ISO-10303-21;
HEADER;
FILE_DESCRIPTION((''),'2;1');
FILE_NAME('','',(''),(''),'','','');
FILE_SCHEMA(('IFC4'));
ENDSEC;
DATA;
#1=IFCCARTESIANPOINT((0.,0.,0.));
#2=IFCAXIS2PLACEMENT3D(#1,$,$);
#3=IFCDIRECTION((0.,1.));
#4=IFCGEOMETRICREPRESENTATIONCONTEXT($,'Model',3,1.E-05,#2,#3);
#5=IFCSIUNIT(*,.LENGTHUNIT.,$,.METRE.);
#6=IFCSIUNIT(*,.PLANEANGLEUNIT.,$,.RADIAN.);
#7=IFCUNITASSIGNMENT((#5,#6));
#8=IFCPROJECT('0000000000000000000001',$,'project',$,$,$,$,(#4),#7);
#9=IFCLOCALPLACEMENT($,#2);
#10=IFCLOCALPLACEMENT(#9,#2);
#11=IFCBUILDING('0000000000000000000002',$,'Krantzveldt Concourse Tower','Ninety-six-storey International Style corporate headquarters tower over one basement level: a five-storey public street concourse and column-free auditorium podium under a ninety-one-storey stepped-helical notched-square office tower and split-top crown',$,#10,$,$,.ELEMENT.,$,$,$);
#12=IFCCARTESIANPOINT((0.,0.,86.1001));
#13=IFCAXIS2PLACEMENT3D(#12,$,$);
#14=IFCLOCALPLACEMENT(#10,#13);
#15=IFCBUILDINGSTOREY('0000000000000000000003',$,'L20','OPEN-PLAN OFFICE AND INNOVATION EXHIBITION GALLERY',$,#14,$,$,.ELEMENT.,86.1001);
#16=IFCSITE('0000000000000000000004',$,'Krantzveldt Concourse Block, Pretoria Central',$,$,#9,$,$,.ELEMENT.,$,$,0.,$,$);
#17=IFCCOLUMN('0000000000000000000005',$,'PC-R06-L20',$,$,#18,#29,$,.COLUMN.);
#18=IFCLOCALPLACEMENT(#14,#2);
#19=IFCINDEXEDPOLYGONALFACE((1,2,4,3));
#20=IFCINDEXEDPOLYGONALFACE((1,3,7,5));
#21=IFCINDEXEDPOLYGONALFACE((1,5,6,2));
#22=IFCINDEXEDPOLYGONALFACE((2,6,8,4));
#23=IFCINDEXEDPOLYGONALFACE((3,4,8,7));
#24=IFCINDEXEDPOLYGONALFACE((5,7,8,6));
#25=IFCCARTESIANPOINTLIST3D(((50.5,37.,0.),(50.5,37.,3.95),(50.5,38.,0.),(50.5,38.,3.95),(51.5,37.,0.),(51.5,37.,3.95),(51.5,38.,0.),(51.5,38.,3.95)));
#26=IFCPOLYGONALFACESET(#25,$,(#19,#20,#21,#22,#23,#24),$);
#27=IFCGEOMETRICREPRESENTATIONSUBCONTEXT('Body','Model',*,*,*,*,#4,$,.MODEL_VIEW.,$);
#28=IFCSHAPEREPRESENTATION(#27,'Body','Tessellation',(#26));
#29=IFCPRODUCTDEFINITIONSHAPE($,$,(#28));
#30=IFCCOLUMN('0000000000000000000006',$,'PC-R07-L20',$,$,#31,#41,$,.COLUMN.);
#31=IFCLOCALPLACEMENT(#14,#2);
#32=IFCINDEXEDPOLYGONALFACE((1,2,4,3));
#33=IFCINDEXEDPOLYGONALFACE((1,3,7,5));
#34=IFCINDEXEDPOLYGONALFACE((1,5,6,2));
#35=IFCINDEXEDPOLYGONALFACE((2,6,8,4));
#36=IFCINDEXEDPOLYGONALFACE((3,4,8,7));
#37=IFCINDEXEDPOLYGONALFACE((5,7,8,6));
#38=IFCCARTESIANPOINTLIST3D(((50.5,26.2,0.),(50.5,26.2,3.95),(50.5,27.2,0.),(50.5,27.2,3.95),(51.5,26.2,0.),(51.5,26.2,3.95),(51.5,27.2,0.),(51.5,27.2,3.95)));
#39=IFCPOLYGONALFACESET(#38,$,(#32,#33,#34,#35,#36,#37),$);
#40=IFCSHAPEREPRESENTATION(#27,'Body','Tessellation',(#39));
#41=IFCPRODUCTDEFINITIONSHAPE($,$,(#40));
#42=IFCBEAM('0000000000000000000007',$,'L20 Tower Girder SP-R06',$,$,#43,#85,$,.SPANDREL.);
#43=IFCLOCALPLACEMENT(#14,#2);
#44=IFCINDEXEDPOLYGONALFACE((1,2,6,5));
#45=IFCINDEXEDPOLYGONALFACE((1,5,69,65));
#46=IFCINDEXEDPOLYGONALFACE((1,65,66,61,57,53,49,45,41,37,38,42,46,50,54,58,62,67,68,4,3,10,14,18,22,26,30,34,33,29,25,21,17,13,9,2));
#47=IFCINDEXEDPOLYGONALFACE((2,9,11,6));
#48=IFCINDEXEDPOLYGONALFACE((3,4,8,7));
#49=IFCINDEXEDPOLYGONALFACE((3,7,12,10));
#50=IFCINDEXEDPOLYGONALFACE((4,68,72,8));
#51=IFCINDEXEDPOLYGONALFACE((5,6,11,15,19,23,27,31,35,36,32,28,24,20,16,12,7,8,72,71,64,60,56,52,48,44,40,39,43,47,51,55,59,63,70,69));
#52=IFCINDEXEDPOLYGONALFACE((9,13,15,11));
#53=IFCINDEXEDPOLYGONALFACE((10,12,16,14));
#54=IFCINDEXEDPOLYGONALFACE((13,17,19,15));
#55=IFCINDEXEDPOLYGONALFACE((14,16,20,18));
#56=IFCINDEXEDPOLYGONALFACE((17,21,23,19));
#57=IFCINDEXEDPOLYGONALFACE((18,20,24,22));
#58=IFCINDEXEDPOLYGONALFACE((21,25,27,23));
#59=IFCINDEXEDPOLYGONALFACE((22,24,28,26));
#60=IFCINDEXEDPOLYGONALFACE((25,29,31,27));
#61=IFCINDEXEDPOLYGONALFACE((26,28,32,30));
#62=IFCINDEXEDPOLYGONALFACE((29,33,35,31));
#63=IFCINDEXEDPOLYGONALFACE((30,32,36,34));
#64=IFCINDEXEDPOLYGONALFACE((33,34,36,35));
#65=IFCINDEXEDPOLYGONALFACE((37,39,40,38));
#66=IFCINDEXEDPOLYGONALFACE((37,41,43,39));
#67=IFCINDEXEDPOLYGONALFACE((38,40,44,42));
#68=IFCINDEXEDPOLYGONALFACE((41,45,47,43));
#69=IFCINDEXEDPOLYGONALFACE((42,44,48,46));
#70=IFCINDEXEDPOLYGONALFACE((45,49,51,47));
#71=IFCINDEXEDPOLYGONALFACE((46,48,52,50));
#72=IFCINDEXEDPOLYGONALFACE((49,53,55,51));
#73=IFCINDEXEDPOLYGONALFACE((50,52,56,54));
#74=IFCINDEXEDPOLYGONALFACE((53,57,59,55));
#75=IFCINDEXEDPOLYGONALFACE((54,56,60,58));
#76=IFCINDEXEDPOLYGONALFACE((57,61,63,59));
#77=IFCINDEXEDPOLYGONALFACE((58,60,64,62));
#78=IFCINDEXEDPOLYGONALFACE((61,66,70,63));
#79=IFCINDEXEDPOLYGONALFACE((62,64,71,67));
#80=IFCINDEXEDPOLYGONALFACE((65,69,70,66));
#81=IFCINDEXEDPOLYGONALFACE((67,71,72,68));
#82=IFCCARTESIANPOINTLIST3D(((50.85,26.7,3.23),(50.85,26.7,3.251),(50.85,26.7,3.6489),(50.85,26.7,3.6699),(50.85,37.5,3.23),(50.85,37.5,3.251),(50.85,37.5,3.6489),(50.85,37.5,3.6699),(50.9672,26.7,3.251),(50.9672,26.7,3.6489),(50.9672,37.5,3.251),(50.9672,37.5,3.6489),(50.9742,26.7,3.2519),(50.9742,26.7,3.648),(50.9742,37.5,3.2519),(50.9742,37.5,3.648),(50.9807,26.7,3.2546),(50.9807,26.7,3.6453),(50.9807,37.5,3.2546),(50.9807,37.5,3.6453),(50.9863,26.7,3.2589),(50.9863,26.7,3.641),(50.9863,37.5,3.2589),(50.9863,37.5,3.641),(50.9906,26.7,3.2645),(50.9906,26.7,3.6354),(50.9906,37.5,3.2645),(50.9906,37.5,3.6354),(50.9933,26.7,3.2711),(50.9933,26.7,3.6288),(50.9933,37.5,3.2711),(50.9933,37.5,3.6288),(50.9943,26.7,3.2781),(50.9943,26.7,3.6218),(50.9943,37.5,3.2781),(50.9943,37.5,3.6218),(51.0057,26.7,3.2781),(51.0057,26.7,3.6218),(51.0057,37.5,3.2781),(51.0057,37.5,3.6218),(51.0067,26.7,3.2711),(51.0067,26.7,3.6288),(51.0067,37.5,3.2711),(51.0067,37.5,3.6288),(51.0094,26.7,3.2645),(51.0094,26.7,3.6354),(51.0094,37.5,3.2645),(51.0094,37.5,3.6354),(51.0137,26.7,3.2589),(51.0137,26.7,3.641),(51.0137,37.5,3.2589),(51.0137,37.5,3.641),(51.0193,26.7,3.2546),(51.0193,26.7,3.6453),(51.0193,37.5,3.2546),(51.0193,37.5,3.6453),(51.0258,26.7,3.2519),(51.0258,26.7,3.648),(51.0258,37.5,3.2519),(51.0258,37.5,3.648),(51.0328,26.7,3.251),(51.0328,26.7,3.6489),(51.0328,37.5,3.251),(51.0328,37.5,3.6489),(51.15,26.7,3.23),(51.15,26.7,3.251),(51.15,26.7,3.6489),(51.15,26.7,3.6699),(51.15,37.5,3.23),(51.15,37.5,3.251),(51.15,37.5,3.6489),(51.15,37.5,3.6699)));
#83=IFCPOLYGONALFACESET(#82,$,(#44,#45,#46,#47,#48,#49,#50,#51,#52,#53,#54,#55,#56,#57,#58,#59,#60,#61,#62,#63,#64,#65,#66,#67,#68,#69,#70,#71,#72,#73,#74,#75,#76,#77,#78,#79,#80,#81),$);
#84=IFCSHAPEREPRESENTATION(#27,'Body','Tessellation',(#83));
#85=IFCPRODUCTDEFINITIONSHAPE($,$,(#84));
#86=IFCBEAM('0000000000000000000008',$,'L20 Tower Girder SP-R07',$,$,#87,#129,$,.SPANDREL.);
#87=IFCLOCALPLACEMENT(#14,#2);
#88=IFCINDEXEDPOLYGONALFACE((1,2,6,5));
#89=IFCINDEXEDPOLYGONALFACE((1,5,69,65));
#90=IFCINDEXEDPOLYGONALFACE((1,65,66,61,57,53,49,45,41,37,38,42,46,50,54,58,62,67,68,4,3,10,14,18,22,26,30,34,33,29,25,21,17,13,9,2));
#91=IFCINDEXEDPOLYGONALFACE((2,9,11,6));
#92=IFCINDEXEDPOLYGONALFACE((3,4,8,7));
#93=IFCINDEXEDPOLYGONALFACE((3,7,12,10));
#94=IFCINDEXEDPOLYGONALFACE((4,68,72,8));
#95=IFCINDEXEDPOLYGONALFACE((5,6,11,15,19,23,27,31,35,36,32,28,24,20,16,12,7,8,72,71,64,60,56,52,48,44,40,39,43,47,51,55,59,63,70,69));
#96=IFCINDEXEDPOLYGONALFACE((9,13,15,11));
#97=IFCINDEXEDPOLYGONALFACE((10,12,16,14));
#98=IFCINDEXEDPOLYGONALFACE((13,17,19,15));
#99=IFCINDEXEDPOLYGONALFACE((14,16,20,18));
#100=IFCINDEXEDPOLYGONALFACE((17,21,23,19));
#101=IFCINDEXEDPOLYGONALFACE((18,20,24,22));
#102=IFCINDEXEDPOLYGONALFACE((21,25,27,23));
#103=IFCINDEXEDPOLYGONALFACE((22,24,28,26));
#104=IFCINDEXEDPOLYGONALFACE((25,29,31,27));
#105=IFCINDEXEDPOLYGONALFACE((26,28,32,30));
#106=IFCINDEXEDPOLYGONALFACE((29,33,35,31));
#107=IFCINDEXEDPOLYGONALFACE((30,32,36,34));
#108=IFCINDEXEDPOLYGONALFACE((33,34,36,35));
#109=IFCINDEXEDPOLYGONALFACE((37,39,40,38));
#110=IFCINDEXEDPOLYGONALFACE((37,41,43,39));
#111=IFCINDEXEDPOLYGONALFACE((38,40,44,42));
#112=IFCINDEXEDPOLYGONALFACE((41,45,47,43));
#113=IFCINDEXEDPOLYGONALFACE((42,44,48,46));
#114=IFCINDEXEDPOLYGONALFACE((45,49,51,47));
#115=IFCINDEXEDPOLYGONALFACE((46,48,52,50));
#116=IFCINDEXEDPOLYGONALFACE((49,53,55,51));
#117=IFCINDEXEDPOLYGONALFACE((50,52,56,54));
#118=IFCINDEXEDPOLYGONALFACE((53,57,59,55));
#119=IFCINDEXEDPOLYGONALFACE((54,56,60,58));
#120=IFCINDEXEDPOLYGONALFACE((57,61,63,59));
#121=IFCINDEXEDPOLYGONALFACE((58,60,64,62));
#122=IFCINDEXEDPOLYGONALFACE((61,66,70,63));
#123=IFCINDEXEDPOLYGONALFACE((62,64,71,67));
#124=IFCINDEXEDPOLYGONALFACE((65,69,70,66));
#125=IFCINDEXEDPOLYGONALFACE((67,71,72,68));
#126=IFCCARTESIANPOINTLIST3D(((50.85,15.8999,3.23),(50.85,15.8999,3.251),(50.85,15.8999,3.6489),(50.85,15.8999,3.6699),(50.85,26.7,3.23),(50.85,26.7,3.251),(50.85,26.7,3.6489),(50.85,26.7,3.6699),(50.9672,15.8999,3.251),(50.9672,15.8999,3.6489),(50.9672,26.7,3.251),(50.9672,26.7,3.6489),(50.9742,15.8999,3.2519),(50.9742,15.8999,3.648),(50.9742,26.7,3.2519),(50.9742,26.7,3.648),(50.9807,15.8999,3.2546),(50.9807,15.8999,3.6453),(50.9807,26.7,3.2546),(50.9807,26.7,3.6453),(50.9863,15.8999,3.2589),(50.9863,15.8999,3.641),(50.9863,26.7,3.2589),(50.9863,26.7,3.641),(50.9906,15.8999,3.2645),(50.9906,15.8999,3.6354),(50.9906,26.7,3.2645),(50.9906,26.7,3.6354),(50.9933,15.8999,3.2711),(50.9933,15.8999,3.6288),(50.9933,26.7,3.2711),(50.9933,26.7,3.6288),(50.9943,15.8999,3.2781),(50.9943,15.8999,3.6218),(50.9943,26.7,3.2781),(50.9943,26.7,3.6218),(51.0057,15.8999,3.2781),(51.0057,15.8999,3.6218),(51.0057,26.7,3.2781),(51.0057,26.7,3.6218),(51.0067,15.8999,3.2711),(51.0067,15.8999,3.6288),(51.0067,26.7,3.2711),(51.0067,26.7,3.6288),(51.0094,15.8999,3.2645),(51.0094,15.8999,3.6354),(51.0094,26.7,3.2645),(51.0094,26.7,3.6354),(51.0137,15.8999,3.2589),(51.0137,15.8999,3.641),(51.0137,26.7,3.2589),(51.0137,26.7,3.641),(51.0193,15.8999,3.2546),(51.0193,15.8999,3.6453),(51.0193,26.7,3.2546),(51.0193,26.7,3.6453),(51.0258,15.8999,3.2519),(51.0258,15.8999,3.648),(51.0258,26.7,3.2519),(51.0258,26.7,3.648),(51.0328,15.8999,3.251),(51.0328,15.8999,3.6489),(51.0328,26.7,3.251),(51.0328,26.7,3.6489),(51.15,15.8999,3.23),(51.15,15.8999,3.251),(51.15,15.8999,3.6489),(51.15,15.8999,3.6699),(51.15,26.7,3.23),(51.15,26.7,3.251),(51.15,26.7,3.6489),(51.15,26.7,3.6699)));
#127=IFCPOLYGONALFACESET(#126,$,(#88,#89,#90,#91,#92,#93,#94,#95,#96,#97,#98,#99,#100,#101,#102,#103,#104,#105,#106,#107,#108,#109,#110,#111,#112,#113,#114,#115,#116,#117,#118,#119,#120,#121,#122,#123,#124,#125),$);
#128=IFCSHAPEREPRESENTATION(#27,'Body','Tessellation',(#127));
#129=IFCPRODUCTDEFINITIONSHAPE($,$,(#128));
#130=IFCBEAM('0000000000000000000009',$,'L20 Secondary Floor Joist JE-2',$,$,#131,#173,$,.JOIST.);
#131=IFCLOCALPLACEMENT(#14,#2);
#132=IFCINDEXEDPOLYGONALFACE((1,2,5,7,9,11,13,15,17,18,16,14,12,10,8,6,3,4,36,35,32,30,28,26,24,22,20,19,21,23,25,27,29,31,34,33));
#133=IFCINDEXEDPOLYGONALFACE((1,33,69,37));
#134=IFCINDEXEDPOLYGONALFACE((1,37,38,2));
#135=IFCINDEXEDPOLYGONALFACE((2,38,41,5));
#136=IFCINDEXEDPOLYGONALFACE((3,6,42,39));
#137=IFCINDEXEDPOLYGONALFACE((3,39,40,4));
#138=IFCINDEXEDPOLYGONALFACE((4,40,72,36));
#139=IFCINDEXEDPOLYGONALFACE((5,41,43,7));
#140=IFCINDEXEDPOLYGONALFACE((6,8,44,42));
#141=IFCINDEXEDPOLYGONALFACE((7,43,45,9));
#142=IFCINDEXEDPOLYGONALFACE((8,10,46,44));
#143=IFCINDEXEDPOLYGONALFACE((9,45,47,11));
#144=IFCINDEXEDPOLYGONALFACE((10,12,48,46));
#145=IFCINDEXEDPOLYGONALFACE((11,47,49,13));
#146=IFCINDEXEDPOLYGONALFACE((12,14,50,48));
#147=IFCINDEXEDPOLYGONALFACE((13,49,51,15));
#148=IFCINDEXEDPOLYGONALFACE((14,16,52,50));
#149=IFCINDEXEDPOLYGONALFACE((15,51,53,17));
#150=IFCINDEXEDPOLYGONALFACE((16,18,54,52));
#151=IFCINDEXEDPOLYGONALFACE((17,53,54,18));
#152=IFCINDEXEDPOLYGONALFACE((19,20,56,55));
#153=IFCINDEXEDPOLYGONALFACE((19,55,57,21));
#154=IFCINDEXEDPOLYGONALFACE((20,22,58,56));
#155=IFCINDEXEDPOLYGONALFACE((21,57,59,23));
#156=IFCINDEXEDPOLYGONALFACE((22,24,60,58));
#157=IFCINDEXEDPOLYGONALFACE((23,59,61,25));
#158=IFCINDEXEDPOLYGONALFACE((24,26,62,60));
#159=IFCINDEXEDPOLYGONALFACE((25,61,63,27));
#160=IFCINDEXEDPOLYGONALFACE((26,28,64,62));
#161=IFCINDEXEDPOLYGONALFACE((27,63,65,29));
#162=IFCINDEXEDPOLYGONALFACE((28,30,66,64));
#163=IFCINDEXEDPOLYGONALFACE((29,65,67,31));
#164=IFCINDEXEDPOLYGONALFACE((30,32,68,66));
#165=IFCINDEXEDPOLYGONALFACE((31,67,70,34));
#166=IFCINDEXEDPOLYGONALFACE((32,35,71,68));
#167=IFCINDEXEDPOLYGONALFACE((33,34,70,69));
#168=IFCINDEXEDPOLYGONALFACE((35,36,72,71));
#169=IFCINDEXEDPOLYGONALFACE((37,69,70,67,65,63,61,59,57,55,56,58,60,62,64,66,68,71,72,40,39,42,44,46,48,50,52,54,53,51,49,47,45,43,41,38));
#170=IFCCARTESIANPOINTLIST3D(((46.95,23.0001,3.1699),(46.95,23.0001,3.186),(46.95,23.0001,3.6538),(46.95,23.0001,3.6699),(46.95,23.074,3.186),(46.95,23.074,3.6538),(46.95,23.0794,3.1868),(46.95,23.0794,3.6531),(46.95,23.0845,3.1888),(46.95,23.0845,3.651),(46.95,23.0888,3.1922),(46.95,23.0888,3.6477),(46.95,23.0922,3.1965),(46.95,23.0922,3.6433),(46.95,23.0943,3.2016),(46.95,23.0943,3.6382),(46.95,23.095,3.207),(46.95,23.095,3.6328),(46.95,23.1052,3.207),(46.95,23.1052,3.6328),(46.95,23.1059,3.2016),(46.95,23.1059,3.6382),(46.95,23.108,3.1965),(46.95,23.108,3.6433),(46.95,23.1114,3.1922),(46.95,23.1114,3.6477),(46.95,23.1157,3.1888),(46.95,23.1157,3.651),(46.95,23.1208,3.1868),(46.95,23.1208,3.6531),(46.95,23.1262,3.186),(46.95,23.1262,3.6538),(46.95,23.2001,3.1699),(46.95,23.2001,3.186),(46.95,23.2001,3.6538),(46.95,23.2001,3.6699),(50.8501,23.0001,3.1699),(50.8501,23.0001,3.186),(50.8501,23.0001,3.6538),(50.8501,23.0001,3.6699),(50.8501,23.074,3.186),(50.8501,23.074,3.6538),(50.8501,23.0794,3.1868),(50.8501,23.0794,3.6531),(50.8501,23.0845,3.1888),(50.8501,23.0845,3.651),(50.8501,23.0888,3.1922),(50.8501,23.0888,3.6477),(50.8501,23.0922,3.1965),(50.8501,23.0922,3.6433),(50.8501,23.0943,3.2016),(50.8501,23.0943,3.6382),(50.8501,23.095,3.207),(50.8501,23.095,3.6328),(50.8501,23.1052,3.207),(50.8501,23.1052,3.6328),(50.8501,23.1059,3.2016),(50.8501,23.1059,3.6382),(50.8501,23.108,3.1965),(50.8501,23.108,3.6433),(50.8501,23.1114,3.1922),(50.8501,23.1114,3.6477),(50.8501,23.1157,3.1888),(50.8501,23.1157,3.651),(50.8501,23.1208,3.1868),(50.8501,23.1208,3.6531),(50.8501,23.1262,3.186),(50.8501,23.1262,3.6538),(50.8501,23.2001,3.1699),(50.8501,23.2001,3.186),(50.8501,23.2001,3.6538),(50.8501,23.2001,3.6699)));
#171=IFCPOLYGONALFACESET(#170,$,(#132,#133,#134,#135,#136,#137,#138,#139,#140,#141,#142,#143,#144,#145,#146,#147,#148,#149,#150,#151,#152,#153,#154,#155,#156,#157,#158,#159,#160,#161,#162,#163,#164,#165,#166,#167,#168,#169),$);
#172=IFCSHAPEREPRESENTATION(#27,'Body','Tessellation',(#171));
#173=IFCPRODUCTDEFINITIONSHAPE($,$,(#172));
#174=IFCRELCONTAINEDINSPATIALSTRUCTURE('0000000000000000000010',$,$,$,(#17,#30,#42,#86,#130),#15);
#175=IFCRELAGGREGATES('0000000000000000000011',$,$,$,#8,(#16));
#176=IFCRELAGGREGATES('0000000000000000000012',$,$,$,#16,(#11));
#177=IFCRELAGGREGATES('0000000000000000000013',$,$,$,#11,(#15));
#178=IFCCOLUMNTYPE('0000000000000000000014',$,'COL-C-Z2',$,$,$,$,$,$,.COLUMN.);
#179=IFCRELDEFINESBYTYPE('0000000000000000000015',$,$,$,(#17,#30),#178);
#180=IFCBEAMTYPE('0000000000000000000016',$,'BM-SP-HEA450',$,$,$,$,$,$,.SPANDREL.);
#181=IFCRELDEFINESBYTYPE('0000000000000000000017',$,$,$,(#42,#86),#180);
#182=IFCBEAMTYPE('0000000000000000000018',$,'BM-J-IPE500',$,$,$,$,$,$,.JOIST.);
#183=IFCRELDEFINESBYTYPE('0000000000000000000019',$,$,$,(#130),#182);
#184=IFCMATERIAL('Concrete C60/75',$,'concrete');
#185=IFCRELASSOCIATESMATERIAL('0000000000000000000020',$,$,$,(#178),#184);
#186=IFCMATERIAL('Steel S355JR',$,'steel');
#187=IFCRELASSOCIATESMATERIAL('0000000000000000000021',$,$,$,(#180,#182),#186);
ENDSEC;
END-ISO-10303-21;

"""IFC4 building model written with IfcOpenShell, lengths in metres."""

from ifc_helpers import new_model, si_unit, direction, frame, origin, origin_2d, place, context, subcontext, project, spatial, rectangle, i_section, extrude, source, transform, mapped, material, material_profile, profile_set, type_object, type_shapes, element, save


model = new_model("IFC4")

# Units and contexts
model_context = context("Model", 3, precision=1e-05, world=origin(), true_north=direction((0.0, 1.0)))
body_context = subcontext(model_context, "Body", "Model", "MODEL_VIEW")
ifc_project = project(units=[si_unit("LENGTHUNIT", "METRE"), si_unit("PLANEANGLEUNIT", "RADIAN")], contexts=[model_context])

# Site, building, storey
site_placement = place(None, origin())
site = spatial("IfcSite", under=ifc_project, at=site_placement, Name="Krantzveldt Concourse Block, Pretoria Central", CompositionType="ELEMENT", RefElevation=0.0)
building_placement = place(site_placement, origin())
building = spatial("IfcBuilding", under=site, at=building_placement, Name="Krantzveldt Concourse Tower", Description="Ninety-six-storey International Style corporate headquarters tower over one basement level: a five-storey public street concourse and column-free auditorium podium under a ninety-one-storey stepped-helical notched-square office tower and split-top crown", CompositionType="ELEMENT")
storey_placement = place(building_placement, frame((0.0, 0.0, 86.1001)))
storey = spatial("IfcBuildingStorey", under=building, at=storey_placement, Name="L20", Description="OPEN-PLAN OFFICE AND INNOVATION EXHIBITION GALLERY", CompositionType="ELEMENT", Elevation=86.1001)

# Columns
ifc_material_1 = material(Name="Concrete C60/75", Category="concrete")
ifc_material_profile_1 = material_profile(ifc_material_1, rectangle(XDim=1.0, YDim=1.0, at=origin_2d()), Name="Concrete C60/75", Category="concrete")
ifc_profile_set_1 = profile_set([ifc_material_profile_1], Name="Concrete C60/75 - RC 1000x1000")
column_type = type_object("IfcColumnType", Name="COL-C-Z2", PredefinedType="COLUMN", material=ifc_profile_set_1)
shared_shape_1 = source(origin(), body_context, "Body", "SweptSolid", [
    extrude(rectangle(XDim=1.0, YDim=1.0, at=origin_2d()), origin(), (0.0, 0.0, 1.0), 3.95),
])
type_shapes(column_type, [shared_shape_1])
for number, where, z_axis, x_axis, name in (
    (1, (51.0, 37.5, 0.0), (0.0, 0.0, 1.0), (1.0, 0.0, 0.0), "PC-R06-L20"),
    (2, (51.0, 26.7, 0.0), (0.0, 0.0, 1.0), (1.0, 0.0, 0.0), "PC-R07-L20"),
):
    element("IfcColumn", number, at=place(storey_placement, frame(where, z_axis=z_axis, x_axis=x_axis)), inside=storey, type_object=column_type, Name=name, PredefinedType="COLUMN", context=body_context, shape_type="MappedRepresentation", body=[
        mapped(shared_shape_1, transform((0.0, 0.0, 0.0), x_axis=(1.0, 0.0, 0.0), y_axis=(0.0, 1.0, 0.0), z_axis=(0.0, 0.0, 1.0), scale=1.0)),
    ])

# Beams
ifc_material_2 = material(Name="Steel S355JR", Category="steel")
ifc_material_profile_2 = material_profile(ifc_material_2, i_section(OverallWidth=0.3, OverallDepth=0.4399, WebThickness=0.0115, FlangeThickness=0.021, FilletRadius=0.0271, at=origin_2d()), Name="Steel S355JR", Category="steel")
ifc_profile_set_2 = profile_set([ifc_material_profile_2], Name="Steel S355JR - HEA 450")
beam_type_1 = type_object("IfcBeamType", Name="BM-SP-HEA450", PredefinedType="SPANDREL", material=ifc_profile_set_2)
shared_shape_2 = source(origin(), body_context, "Body", "SweptSolid", [
    extrude(i_section(OverallWidth=0.3, OverallDepth=0.4399, WebThickness=0.0115, FlangeThickness=0.021, FilletRadius=0.0271, at=origin_2d()), origin(), (0.0, 0.0, 1.0), 10.8),
])
type_shapes(beam_type_1, [shared_shape_2])
for number, where, z_axis, x_axis, name in (
    (3, (51.0, 37.5, 3.45), (0.0, -1.0, 0.0), (1.0, 0.0, 0.0), "L20 Tower Girder SP-R06"),
    (4, (51.0, 26.7, 3.45), (0.0, -1.0, 0.0), (1.0, 0.0, 0.0), "L20 Tower Girder SP-R07"),
):
    element("IfcBeam", number, at=place(storey_placement, frame(where, z_axis=z_axis, x_axis=x_axis)), inside=storey, type_object=beam_type_1, Name=name, PredefinedType="SPANDREL", context=body_context, shape_type="MappedRepresentation", body=[
        mapped(shared_shape_2, transform((0.0, 0.0, 0.0), x_axis=(1.0, 0.0, 0.0), y_axis=(0.0, 1.0, 0.0), z_axis=(0.0, 0.0, 1.0), scale=1.0)),
    ])
ifc_material_profile_3 = material_profile(ifc_material_2, i_section(OverallWidth=0.2, OverallDepth=0.5, WebThickness=0.0103, FlangeThickness=0.0161, FilletRadius=0.021, at=origin_2d()), Name="Steel S355JR", Category="steel")
ifc_profile_set_3 = profile_set([ifc_material_profile_3], Name="Steel S355JR - IPE 500")
beam_type_2 = type_object("IfcBeamType", Name="BM-J-IPE500", PredefinedType="JOIST", material=ifc_profile_set_3)
shared_shape_3 = source(origin(), body_context, "Body", "SweptSolid", [
    extrude(i_section(OverallWidth=0.2, OverallDepth=0.5, WebThickness=0.0103, FlangeThickness=0.0161, FilletRadius=0.021, at=origin_2d()), origin(), (0.0, 0.0, 1.0), 3.9001),
])
type_shapes(beam_type_2, [shared_shape_3])
for number, where, z_axis, x_axis, name in (
    (5, (46.95, 23.1001, 3.4199), (1.0, 0.0, 0.0), (0.0, 1.0, 0.0), "L20 Secondary Floor Joist JE-2"),
):
    element("IfcBeam", number, at=place(storey_placement, frame(where, z_axis=z_axis, x_axis=x_axis)), inside=storey, type_object=beam_type_2, Name=name, PredefinedType="JOIST", context=body_context, shape_type="MappedRepresentation", body=[
        mapped(shared_shape_3, transform((0.0, 0.0, 0.0), x_axis=(1.0, 0.0, 0.0), y_axis=(0.0, 1.0, 0.0), z_axis=(0.0, 0.0, 1.0), scale=1.0)),
    ])

save(model, "model.ifc")
